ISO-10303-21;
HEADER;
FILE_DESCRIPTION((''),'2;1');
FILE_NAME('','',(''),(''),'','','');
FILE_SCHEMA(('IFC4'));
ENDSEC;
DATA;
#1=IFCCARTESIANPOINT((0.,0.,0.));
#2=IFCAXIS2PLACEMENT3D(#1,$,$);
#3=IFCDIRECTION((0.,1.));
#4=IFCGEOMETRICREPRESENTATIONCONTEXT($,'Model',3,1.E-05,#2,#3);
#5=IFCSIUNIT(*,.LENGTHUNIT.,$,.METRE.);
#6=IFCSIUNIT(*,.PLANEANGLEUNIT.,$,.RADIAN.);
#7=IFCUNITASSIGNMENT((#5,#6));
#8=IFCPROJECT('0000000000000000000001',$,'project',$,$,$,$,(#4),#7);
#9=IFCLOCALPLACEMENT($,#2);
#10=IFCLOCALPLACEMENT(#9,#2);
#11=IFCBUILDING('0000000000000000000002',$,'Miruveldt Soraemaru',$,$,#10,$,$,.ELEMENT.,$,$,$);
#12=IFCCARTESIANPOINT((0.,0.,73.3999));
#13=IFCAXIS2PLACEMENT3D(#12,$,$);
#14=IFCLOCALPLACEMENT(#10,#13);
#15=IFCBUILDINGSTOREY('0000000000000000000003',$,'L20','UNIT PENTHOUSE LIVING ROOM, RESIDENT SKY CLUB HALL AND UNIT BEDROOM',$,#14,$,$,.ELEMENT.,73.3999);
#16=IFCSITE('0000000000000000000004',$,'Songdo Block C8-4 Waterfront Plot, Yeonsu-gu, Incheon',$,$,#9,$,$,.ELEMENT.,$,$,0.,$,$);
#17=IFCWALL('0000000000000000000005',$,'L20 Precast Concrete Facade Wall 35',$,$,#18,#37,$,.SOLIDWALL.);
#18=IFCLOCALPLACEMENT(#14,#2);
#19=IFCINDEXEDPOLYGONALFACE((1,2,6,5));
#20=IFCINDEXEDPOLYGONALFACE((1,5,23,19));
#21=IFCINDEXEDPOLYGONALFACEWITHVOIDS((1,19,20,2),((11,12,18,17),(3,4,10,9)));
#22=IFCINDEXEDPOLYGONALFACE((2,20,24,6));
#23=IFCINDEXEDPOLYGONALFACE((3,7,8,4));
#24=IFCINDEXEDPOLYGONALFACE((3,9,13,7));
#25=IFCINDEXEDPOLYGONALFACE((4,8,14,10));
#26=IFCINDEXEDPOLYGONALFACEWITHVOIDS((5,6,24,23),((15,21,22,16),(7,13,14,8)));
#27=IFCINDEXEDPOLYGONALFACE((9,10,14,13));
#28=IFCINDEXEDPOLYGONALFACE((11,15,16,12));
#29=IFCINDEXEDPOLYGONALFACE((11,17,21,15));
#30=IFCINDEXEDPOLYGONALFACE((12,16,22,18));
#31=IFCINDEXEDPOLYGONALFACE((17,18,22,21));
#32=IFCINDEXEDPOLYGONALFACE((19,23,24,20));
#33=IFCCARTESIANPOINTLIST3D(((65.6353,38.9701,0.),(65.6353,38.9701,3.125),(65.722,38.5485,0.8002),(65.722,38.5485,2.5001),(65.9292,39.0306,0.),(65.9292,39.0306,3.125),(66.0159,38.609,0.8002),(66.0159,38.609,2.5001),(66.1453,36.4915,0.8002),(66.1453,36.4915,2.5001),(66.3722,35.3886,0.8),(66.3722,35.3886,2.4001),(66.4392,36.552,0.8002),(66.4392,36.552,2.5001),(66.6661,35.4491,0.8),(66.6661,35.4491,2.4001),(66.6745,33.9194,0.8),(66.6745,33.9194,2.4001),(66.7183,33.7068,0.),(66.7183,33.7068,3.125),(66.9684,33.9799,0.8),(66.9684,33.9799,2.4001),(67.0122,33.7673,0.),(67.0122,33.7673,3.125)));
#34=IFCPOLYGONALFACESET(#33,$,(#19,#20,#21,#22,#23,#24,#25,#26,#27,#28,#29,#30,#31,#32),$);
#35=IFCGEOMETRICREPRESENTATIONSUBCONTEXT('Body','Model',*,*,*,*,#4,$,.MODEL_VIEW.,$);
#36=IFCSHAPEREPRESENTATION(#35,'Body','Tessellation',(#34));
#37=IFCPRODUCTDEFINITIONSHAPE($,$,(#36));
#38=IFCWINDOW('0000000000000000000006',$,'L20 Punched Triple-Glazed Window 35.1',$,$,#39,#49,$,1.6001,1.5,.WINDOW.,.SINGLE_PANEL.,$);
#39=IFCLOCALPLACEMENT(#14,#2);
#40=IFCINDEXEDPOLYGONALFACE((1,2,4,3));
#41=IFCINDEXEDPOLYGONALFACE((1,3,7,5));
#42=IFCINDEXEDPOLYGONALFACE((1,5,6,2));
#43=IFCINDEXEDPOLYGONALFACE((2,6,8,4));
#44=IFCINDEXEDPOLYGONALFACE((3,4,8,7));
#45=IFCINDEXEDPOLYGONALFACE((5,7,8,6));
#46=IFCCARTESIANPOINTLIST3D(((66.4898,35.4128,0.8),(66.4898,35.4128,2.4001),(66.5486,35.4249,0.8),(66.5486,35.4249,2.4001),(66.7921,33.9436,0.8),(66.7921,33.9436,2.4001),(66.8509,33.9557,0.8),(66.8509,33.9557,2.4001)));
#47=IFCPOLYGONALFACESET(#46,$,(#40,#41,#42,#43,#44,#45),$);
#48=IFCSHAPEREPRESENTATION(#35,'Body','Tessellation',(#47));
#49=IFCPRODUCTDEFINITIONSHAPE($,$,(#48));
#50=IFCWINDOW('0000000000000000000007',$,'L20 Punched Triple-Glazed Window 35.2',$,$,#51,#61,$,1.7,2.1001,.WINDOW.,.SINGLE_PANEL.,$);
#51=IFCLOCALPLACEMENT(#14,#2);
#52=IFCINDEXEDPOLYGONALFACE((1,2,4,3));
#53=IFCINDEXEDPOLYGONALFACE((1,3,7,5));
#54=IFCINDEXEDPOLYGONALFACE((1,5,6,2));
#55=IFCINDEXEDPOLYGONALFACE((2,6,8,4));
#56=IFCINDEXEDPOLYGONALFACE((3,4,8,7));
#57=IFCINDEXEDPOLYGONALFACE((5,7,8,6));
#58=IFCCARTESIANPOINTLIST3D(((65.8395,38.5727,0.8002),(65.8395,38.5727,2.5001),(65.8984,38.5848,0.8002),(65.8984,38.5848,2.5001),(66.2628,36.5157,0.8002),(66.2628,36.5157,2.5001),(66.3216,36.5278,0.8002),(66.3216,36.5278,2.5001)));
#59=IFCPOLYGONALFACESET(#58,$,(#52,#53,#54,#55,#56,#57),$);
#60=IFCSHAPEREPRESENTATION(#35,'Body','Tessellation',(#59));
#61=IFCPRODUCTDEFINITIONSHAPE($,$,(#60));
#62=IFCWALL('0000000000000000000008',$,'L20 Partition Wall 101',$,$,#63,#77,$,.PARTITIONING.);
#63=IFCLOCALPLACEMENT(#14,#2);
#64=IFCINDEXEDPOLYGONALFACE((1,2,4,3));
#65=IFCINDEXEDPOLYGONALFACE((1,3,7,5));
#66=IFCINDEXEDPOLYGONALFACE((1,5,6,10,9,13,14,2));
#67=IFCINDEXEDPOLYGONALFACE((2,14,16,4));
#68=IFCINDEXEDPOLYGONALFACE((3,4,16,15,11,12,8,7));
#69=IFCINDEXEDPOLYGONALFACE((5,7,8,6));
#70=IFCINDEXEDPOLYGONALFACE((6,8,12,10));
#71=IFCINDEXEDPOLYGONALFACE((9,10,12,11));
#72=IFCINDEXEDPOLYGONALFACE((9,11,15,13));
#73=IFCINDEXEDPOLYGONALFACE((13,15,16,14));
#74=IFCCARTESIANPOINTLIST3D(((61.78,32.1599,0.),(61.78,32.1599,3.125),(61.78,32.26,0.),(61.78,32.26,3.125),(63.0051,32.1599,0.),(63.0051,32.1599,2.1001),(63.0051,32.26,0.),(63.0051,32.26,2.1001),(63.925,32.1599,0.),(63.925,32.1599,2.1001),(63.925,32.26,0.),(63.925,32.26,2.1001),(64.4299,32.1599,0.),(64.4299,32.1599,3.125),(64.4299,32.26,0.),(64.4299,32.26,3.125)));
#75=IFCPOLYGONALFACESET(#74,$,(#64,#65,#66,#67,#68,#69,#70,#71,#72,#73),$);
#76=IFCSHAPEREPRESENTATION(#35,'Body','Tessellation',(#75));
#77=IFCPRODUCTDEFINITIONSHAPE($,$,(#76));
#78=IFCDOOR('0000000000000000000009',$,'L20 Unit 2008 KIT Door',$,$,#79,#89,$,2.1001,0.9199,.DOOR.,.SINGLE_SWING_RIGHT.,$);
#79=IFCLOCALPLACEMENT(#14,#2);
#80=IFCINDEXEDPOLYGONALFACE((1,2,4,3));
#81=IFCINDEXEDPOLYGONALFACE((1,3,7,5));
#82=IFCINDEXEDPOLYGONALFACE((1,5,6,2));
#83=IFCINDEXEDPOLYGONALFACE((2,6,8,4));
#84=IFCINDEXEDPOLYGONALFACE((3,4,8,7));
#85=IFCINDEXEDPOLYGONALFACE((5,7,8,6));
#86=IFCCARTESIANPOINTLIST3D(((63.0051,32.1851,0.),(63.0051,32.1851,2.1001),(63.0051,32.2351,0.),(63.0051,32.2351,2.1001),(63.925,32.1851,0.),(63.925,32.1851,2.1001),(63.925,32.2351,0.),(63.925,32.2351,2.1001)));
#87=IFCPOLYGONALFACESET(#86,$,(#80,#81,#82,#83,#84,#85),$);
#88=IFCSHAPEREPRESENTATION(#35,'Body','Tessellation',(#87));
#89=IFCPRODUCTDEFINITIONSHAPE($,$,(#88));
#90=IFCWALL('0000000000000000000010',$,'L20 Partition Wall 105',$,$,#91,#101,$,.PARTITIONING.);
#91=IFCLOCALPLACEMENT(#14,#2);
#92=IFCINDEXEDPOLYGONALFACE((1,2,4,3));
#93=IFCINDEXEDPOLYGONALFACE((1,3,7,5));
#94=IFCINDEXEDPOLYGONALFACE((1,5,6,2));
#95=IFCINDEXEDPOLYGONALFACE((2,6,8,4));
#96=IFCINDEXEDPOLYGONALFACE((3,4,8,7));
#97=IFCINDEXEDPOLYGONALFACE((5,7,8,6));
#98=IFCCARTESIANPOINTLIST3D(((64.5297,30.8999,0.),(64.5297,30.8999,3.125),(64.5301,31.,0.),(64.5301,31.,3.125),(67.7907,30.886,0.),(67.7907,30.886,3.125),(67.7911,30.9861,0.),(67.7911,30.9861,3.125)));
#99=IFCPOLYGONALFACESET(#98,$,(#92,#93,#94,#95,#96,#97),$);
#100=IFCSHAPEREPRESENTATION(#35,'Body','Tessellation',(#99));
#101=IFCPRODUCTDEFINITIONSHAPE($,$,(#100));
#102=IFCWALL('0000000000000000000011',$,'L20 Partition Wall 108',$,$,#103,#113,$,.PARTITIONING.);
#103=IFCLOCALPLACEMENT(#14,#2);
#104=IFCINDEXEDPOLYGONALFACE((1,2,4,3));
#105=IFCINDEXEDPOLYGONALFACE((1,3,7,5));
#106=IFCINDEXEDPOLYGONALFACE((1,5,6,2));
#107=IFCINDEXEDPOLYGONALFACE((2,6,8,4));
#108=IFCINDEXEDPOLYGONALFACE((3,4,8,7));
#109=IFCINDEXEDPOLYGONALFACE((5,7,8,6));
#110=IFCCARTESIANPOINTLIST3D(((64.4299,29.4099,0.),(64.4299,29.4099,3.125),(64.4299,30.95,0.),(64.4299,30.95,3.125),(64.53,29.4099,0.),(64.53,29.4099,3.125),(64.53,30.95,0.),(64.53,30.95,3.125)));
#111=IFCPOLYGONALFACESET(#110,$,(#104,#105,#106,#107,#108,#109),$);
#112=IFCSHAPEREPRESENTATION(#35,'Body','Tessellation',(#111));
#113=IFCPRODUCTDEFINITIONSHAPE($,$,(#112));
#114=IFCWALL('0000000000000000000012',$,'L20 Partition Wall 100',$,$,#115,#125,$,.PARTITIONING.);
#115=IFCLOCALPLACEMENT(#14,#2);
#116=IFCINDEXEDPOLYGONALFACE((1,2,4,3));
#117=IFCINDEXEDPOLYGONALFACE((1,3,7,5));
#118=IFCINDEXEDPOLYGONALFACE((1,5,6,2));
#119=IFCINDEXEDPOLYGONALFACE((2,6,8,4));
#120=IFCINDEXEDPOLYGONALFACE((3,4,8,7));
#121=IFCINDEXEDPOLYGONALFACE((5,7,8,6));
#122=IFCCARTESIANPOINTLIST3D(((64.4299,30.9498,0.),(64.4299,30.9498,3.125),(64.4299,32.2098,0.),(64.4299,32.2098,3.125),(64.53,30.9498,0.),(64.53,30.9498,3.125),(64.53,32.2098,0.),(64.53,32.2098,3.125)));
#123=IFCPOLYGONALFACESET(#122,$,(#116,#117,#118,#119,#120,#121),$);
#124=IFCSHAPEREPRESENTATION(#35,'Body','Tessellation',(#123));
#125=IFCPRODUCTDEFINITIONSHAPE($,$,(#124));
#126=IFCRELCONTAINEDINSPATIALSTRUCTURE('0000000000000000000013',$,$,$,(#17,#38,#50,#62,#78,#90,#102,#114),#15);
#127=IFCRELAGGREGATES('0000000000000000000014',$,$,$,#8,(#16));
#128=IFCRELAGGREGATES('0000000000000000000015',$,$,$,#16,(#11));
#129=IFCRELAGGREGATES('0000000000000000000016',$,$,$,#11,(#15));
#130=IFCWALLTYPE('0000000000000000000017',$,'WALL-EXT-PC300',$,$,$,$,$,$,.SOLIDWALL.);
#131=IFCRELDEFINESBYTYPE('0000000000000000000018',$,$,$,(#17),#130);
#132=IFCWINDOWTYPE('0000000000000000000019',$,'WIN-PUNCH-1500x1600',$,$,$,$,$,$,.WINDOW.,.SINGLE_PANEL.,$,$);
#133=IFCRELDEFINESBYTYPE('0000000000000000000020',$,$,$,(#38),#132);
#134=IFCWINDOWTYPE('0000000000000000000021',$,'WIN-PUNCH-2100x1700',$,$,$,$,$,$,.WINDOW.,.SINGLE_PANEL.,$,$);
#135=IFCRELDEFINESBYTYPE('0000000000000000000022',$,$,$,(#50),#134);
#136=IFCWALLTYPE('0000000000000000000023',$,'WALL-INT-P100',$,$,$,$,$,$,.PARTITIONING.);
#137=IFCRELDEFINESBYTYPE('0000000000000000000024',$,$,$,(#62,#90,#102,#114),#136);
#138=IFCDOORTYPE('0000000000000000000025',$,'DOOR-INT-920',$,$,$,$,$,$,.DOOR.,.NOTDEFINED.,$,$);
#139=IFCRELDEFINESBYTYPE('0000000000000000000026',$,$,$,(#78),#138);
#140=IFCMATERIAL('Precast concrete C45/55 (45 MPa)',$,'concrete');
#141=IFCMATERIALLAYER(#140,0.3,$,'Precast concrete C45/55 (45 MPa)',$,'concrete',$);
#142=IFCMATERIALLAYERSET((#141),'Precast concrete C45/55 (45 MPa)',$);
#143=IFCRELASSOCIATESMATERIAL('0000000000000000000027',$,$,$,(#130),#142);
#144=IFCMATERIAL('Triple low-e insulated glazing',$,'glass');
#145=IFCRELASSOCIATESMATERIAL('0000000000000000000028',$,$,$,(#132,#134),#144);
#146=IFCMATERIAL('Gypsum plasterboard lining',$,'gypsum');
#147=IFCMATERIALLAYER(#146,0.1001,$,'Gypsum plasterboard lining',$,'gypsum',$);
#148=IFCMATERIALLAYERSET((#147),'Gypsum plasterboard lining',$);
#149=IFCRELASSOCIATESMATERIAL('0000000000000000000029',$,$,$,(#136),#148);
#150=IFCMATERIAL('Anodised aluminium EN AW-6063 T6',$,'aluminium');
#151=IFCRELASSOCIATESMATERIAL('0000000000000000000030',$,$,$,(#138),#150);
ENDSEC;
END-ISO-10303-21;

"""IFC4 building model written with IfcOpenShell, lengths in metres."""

from ifc_helpers import new_model, si_unit, direction, frame, frame_2d, origin, place, context, subcontext, project, spatial, rectangle, extrude, material, layer, layer_set, type_object, element, fill, save


model = new_model("IFC4")

# Units and contexts
model_context = context("Model", 3, precision=1e-05, world=origin(), true_north=direction((0.0, 1.0)))
body_context = subcontext(model_context, "Body", "Model", "MODEL_VIEW")
ifc_project = project(units=[si_unit("LENGTHUNIT", "METRE"), si_unit("PLANEANGLEUNIT", "RADIAN")], contexts=[model_context])

# Site, building, storey
site_placement = place(None, origin())
site = spatial("IfcSite", under=ifc_project, at=site_placement, Name="Songdo Block C8-4 Waterfront Plot, Yeonsu-gu, Incheon", CompositionType="ELEMENT", RefElevation=0.0)
building_placement = place(site_placement, origin())
building = spatial("IfcBuilding", under=site, at=building_placement, Name="Miruveldt Soraemaru", CompositionType="ELEMENT")
storey_placement = place(building_placement, frame((0.0, 0.0, 73.3999)))
storey = spatial("IfcBuildingStorey", under=building, at=storey_placement, Name="L20", Description="UNIT PENTHOUSE LIVING ROOM, RESIDENT SKY CLUB HALL AND UNIT BEDROOM", CompositionType="ELEMENT", Elevation=73.3999)

# Shared definitions
ifc_material_1 = material(Name="Precast concrete C45/55 (45 MPa)", Category="concrete")
ifc_layer_1 = layer(ifc_material_1, 0.3, Name="Precast concrete C45/55 (45 MPa)", Category="concrete")
ifc_layer_set_1 = layer_set([ifc_layer_1], Name="Precast concrete C45/55 (45 MPa)")
wall_type_1 = type_object("IfcWallType", Name="WALL-EXT-PC300", PredefinedType="SOLIDWALL", material=ifc_layer_set_1)
ifc_material_2 = material(Name="Triple low-e insulated glazing", Category="glass")
window_type_1 = type_object("IfcWindowType", Name="WIN-PUNCH-1500x1600", PartitioningType="SINGLE_PANEL", PredefinedType="WINDOW", material=ifc_material_2)

# Wall, openings, windows
wall_1_placement = place(storey_placement, frame((66.8652, 33.7371, 0.0), z_axis=(0.0, 0.0, 1.0), x_axis=(-0.201548, 0.979479, 0.0)))
wall_1 = element("IfcWall", 1, at=wall_1_placement, inside=storey, type_object=wall_type_1, Name="L20 Precast Concrete Facade Wall 35", PredefinedType="SOLIDWALL", context=body_context, shape_type="SweptSolid", body=[
    extrude(rectangle(XDim=5.3735, YDim=0.3, at=frame_2d((2.6868, 0.0))), origin(), (0.0, 0.0, 1.0), 3.125),
])
opening_1_placement = place(wall_1_placement, frame((0.217, 0.0, 0.8)))
opening_1 = element("IfcOpeningElement", 2, at=opening_1_placement, cuts=wall_1, PredefinedType="OPENING", context=body_context, shape_type="SweptSolid", body=[
    extrude(rectangle(XDim=1.5, YDim=1.6001, at=frame_2d((0.75, 0.8))), frame((0.0, 0.1602, 0.0), z_axis=(0.0, -1.0, 0.0), x_axis=(1.0, 0.0, 0.0)), (0.0, 0.0, 1.0), 0.3201),
])
opening_2_placement = place(wall_1_placement, frame((2.843, 0.0, 0.8)))
opening_2 = element("IfcOpeningElement", 3, at=opening_2_placement, cuts=wall_1, PredefinedType="OPENING", context=body_context, shape_type="SweptSolid", body=[
    extrude(rectangle(XDim=2.1001, YDim=1.7, at=frame_2d((1.05, 0.8501))), frame((0.0, 0.1602, 0.0), z_axis=(0.0, -1.0, 0.0), x_axis=(1.0, 0.0, 0.0)), (0.0, 0.0, 1.0), 0.3201),
])
window_1_placement = place(opening_1_placement, origin())
window_1 = element("IfcWindow", 4, at=window_1_placement, inside=storey, type_object=window_type_1, Name="L20 Punched Triple-Glazed Window 35.1", OverallHeight=1.6001, OverallWidth=1.5, PartitioningType="SINGLE_PANEL", PredefinedType="WINDOW", context=body_context, shape_type="SweptSolid", body=[
    extrude(rectangle(XDim=1.5, YDim=1.6001, at=frame_2d((0.75, 0.8))), frame((0.0, 0.03, 0.0), z_axis=(0.0, -1.0, 0.0), x_axis=(1.0, 0.0, 0.0)), (0.0, 0.0, 1.0), 0.0601),
])
fill(opening_1, window_1)
window_type_2 = type_object("IfcWindowType", Name="WIN-PUNCH-2100x1700", PartitioningType="SINGLE_PANEL", PredefinedType="WINDOW", material=ifc_material_2)
window_2_placement = place(opening_2_placement, origin())
window_2 = element("IfcWindow", 5, at=window_2_placement, inside=storey, type_object=window_type_2, Name="L20 Punched Triple-Glazed Window 35.2", OverallHeight=1.7, OverallWidth=2.1001, PartitioningType="SINGLE_PANEL", PredefinedType="WINDOW", context=body_context, shape_type="SweptSolid", body=[
    extrude(rectangle(XDim=2.1001, YDim=1.7, at=frame_2d((1.05, 0.8501))), frame((0.0, 0.03, 0.0), z_axis=(0.0, -1.0, 0.0), x_axis=(1.0, 0.0, 0.0)), (0.0, 0.0, 1.0), 0.0601),
])
fill(opening_2, window_2)

# Wall, opening, door
ifc_material_3 = material(Name="Gypsum plasterboard lining", Category="gypsum")
ifc_layer_2 = layer(ifc_material_3, 0.1001, Name="Gypsum plasterboard lining", Category="gypsum")
ifc_layer_set_2 = layer_set([ifc_layer_2], Name="Gypsum plasterboard lining")
wall_type_2 = type_object("IfcWallType", Name="WALL-INT-P100", PredefinedType="PARTITIONING", material=ifc_layer_set_2)
wall_2_placement = place(storey_placement, frame((64.4299, 32.21, 0.0), z_axis=(0.0, 0.0, 1.0), x_axis=(-1.0, 0.0, 0.0)))
wall_2 = element("IfcWall", 6, at=wall_2_placement, inside=storey, type_object=wall_type_2, Name="L20 Partition Wall 101", PredefinedType="PARTITIONING", context=body_context, shape_type="SweptSolid", body=[
    extrude(rectangle(XDim=2.6499, YDim=0.1001, at=frame_2d((1.325, 0.0))), origin(), (0.0, 0.0, 1.0), 3.125),
])
opening_3_placement = place(wall_2_placement, frame((0.5049, 0.0, 0.0)))
opening_3 = element("IfcOpeningElement", 7, at=opening_3_placement, cuts=wall_2, PredefinedType="OPENING", context=body_context, shape_type="SweptSolid", body=[
    extrude(rectangle(XDim=0.9199, YDim=2.1001, at=frame_2d((0.46, 1.05))), frame((0.0, 0.0601, 0.0), z_axis=(0.0, -1.0, 0.0), x_axis=(1.0, 0.0, 0.0)), (0.0, 0.0, 1.0), 0.1201),
])
ifc_material_4 = material(Name="Anodised aluminium EN AW-6063 T6", Category="aluminium")
door_type = type_object("IfcDoorType", Name="DOOR-INT-920", OperationType="NOTDEFINED", PredefinedType="DOOR", material=ifc_material_4)
door_placement = place(opening_3_placement, origin())
door = element("IfcDoor", 8, at=door_placement, inside=storey, type_object=door_type, Name="L20 Unit 2008 KIT Door", OperationType="SINGLE_SWING_RIGHT", OverallHeight=2.1001, OverallWidth=0.9199, PredefinedType="DOOR", context=body_context, shape_type="SweptSolid", body=[
    extrude(rectangle(XDim=0.9199, YDim=2.1001, at=frame_2d((0.46, 1.05))), frame((0.0, 0.0249, 0.0), z_axis=(0.0, -1.0, 0.0), x_axis=(1.0, 0.0, 0.0)), (0.0, 0.0, 1.0), 0.05),
])
fill(opening_3, door)

# Walls
wall_3_placement = place(storey_placement, frame((64.53, 30.95, 0.0), z_axis=(0.0, 0.0, 1.0), x_axis=(0.999991, -0.004267, 0.0)))
element("IfcWall", 9, at=wall_3_placement, inside=storey, type_object=wall_type_2, Name="L20 Partition Wall 105", PredefinedType="PARTITIONING", context=body_context, shape_type="SweptSolid", body=[
    extrude(rectangle(XDim=3.261, YDim=0.1001, at=frame_2d((1.6304, 0.0))), origin(), (0.0, 0.0, 1.0), 3.125),
])
wall_4_placement = place(storey_placement, frame((64.48, 29.4099, 0.0), z_axis=(0.0, 0.0, 1.0), x_axis=(0.0, 1.0, 0.0)))
element("IfcWall", 10, at=wall_4_placement, inside=storey, type_object=wall_type_2, Name="L20 Partition Wall 108", PredefinedType="PARTITIONING", context=body_context, shape_type="SweptSolid", body=[
    extrude(rectangle(XDim=1.54, YDim=0.1001, at=frame_2d((0.77, 0.0))), origin(), (0.0, 0.0, 1.0), 3.125),
])
wall_5_placement = place(storey_placement, frame((64.48, 30.95, 0.0), z_axis=(0.0, 0.0, 1.0), x_axis=(0.0, 1.0, 0.0)))
element("IfcWall", 11, at=wall_5_placement, inside=storey, type_object=wall_type_2, Name="L20 Partition Wall 100", PredefinedType="PARTITIONING", context=body_context, shape_type="SweptSolid", body=[
    extrude(rectangle(XDim=1.26, YDim=0.1001, at=frame_2d((0.6299, 0.0))), origin(), (0.0, 0.0, 1.0), 3.125),
])

save(model, "model.ifc")
